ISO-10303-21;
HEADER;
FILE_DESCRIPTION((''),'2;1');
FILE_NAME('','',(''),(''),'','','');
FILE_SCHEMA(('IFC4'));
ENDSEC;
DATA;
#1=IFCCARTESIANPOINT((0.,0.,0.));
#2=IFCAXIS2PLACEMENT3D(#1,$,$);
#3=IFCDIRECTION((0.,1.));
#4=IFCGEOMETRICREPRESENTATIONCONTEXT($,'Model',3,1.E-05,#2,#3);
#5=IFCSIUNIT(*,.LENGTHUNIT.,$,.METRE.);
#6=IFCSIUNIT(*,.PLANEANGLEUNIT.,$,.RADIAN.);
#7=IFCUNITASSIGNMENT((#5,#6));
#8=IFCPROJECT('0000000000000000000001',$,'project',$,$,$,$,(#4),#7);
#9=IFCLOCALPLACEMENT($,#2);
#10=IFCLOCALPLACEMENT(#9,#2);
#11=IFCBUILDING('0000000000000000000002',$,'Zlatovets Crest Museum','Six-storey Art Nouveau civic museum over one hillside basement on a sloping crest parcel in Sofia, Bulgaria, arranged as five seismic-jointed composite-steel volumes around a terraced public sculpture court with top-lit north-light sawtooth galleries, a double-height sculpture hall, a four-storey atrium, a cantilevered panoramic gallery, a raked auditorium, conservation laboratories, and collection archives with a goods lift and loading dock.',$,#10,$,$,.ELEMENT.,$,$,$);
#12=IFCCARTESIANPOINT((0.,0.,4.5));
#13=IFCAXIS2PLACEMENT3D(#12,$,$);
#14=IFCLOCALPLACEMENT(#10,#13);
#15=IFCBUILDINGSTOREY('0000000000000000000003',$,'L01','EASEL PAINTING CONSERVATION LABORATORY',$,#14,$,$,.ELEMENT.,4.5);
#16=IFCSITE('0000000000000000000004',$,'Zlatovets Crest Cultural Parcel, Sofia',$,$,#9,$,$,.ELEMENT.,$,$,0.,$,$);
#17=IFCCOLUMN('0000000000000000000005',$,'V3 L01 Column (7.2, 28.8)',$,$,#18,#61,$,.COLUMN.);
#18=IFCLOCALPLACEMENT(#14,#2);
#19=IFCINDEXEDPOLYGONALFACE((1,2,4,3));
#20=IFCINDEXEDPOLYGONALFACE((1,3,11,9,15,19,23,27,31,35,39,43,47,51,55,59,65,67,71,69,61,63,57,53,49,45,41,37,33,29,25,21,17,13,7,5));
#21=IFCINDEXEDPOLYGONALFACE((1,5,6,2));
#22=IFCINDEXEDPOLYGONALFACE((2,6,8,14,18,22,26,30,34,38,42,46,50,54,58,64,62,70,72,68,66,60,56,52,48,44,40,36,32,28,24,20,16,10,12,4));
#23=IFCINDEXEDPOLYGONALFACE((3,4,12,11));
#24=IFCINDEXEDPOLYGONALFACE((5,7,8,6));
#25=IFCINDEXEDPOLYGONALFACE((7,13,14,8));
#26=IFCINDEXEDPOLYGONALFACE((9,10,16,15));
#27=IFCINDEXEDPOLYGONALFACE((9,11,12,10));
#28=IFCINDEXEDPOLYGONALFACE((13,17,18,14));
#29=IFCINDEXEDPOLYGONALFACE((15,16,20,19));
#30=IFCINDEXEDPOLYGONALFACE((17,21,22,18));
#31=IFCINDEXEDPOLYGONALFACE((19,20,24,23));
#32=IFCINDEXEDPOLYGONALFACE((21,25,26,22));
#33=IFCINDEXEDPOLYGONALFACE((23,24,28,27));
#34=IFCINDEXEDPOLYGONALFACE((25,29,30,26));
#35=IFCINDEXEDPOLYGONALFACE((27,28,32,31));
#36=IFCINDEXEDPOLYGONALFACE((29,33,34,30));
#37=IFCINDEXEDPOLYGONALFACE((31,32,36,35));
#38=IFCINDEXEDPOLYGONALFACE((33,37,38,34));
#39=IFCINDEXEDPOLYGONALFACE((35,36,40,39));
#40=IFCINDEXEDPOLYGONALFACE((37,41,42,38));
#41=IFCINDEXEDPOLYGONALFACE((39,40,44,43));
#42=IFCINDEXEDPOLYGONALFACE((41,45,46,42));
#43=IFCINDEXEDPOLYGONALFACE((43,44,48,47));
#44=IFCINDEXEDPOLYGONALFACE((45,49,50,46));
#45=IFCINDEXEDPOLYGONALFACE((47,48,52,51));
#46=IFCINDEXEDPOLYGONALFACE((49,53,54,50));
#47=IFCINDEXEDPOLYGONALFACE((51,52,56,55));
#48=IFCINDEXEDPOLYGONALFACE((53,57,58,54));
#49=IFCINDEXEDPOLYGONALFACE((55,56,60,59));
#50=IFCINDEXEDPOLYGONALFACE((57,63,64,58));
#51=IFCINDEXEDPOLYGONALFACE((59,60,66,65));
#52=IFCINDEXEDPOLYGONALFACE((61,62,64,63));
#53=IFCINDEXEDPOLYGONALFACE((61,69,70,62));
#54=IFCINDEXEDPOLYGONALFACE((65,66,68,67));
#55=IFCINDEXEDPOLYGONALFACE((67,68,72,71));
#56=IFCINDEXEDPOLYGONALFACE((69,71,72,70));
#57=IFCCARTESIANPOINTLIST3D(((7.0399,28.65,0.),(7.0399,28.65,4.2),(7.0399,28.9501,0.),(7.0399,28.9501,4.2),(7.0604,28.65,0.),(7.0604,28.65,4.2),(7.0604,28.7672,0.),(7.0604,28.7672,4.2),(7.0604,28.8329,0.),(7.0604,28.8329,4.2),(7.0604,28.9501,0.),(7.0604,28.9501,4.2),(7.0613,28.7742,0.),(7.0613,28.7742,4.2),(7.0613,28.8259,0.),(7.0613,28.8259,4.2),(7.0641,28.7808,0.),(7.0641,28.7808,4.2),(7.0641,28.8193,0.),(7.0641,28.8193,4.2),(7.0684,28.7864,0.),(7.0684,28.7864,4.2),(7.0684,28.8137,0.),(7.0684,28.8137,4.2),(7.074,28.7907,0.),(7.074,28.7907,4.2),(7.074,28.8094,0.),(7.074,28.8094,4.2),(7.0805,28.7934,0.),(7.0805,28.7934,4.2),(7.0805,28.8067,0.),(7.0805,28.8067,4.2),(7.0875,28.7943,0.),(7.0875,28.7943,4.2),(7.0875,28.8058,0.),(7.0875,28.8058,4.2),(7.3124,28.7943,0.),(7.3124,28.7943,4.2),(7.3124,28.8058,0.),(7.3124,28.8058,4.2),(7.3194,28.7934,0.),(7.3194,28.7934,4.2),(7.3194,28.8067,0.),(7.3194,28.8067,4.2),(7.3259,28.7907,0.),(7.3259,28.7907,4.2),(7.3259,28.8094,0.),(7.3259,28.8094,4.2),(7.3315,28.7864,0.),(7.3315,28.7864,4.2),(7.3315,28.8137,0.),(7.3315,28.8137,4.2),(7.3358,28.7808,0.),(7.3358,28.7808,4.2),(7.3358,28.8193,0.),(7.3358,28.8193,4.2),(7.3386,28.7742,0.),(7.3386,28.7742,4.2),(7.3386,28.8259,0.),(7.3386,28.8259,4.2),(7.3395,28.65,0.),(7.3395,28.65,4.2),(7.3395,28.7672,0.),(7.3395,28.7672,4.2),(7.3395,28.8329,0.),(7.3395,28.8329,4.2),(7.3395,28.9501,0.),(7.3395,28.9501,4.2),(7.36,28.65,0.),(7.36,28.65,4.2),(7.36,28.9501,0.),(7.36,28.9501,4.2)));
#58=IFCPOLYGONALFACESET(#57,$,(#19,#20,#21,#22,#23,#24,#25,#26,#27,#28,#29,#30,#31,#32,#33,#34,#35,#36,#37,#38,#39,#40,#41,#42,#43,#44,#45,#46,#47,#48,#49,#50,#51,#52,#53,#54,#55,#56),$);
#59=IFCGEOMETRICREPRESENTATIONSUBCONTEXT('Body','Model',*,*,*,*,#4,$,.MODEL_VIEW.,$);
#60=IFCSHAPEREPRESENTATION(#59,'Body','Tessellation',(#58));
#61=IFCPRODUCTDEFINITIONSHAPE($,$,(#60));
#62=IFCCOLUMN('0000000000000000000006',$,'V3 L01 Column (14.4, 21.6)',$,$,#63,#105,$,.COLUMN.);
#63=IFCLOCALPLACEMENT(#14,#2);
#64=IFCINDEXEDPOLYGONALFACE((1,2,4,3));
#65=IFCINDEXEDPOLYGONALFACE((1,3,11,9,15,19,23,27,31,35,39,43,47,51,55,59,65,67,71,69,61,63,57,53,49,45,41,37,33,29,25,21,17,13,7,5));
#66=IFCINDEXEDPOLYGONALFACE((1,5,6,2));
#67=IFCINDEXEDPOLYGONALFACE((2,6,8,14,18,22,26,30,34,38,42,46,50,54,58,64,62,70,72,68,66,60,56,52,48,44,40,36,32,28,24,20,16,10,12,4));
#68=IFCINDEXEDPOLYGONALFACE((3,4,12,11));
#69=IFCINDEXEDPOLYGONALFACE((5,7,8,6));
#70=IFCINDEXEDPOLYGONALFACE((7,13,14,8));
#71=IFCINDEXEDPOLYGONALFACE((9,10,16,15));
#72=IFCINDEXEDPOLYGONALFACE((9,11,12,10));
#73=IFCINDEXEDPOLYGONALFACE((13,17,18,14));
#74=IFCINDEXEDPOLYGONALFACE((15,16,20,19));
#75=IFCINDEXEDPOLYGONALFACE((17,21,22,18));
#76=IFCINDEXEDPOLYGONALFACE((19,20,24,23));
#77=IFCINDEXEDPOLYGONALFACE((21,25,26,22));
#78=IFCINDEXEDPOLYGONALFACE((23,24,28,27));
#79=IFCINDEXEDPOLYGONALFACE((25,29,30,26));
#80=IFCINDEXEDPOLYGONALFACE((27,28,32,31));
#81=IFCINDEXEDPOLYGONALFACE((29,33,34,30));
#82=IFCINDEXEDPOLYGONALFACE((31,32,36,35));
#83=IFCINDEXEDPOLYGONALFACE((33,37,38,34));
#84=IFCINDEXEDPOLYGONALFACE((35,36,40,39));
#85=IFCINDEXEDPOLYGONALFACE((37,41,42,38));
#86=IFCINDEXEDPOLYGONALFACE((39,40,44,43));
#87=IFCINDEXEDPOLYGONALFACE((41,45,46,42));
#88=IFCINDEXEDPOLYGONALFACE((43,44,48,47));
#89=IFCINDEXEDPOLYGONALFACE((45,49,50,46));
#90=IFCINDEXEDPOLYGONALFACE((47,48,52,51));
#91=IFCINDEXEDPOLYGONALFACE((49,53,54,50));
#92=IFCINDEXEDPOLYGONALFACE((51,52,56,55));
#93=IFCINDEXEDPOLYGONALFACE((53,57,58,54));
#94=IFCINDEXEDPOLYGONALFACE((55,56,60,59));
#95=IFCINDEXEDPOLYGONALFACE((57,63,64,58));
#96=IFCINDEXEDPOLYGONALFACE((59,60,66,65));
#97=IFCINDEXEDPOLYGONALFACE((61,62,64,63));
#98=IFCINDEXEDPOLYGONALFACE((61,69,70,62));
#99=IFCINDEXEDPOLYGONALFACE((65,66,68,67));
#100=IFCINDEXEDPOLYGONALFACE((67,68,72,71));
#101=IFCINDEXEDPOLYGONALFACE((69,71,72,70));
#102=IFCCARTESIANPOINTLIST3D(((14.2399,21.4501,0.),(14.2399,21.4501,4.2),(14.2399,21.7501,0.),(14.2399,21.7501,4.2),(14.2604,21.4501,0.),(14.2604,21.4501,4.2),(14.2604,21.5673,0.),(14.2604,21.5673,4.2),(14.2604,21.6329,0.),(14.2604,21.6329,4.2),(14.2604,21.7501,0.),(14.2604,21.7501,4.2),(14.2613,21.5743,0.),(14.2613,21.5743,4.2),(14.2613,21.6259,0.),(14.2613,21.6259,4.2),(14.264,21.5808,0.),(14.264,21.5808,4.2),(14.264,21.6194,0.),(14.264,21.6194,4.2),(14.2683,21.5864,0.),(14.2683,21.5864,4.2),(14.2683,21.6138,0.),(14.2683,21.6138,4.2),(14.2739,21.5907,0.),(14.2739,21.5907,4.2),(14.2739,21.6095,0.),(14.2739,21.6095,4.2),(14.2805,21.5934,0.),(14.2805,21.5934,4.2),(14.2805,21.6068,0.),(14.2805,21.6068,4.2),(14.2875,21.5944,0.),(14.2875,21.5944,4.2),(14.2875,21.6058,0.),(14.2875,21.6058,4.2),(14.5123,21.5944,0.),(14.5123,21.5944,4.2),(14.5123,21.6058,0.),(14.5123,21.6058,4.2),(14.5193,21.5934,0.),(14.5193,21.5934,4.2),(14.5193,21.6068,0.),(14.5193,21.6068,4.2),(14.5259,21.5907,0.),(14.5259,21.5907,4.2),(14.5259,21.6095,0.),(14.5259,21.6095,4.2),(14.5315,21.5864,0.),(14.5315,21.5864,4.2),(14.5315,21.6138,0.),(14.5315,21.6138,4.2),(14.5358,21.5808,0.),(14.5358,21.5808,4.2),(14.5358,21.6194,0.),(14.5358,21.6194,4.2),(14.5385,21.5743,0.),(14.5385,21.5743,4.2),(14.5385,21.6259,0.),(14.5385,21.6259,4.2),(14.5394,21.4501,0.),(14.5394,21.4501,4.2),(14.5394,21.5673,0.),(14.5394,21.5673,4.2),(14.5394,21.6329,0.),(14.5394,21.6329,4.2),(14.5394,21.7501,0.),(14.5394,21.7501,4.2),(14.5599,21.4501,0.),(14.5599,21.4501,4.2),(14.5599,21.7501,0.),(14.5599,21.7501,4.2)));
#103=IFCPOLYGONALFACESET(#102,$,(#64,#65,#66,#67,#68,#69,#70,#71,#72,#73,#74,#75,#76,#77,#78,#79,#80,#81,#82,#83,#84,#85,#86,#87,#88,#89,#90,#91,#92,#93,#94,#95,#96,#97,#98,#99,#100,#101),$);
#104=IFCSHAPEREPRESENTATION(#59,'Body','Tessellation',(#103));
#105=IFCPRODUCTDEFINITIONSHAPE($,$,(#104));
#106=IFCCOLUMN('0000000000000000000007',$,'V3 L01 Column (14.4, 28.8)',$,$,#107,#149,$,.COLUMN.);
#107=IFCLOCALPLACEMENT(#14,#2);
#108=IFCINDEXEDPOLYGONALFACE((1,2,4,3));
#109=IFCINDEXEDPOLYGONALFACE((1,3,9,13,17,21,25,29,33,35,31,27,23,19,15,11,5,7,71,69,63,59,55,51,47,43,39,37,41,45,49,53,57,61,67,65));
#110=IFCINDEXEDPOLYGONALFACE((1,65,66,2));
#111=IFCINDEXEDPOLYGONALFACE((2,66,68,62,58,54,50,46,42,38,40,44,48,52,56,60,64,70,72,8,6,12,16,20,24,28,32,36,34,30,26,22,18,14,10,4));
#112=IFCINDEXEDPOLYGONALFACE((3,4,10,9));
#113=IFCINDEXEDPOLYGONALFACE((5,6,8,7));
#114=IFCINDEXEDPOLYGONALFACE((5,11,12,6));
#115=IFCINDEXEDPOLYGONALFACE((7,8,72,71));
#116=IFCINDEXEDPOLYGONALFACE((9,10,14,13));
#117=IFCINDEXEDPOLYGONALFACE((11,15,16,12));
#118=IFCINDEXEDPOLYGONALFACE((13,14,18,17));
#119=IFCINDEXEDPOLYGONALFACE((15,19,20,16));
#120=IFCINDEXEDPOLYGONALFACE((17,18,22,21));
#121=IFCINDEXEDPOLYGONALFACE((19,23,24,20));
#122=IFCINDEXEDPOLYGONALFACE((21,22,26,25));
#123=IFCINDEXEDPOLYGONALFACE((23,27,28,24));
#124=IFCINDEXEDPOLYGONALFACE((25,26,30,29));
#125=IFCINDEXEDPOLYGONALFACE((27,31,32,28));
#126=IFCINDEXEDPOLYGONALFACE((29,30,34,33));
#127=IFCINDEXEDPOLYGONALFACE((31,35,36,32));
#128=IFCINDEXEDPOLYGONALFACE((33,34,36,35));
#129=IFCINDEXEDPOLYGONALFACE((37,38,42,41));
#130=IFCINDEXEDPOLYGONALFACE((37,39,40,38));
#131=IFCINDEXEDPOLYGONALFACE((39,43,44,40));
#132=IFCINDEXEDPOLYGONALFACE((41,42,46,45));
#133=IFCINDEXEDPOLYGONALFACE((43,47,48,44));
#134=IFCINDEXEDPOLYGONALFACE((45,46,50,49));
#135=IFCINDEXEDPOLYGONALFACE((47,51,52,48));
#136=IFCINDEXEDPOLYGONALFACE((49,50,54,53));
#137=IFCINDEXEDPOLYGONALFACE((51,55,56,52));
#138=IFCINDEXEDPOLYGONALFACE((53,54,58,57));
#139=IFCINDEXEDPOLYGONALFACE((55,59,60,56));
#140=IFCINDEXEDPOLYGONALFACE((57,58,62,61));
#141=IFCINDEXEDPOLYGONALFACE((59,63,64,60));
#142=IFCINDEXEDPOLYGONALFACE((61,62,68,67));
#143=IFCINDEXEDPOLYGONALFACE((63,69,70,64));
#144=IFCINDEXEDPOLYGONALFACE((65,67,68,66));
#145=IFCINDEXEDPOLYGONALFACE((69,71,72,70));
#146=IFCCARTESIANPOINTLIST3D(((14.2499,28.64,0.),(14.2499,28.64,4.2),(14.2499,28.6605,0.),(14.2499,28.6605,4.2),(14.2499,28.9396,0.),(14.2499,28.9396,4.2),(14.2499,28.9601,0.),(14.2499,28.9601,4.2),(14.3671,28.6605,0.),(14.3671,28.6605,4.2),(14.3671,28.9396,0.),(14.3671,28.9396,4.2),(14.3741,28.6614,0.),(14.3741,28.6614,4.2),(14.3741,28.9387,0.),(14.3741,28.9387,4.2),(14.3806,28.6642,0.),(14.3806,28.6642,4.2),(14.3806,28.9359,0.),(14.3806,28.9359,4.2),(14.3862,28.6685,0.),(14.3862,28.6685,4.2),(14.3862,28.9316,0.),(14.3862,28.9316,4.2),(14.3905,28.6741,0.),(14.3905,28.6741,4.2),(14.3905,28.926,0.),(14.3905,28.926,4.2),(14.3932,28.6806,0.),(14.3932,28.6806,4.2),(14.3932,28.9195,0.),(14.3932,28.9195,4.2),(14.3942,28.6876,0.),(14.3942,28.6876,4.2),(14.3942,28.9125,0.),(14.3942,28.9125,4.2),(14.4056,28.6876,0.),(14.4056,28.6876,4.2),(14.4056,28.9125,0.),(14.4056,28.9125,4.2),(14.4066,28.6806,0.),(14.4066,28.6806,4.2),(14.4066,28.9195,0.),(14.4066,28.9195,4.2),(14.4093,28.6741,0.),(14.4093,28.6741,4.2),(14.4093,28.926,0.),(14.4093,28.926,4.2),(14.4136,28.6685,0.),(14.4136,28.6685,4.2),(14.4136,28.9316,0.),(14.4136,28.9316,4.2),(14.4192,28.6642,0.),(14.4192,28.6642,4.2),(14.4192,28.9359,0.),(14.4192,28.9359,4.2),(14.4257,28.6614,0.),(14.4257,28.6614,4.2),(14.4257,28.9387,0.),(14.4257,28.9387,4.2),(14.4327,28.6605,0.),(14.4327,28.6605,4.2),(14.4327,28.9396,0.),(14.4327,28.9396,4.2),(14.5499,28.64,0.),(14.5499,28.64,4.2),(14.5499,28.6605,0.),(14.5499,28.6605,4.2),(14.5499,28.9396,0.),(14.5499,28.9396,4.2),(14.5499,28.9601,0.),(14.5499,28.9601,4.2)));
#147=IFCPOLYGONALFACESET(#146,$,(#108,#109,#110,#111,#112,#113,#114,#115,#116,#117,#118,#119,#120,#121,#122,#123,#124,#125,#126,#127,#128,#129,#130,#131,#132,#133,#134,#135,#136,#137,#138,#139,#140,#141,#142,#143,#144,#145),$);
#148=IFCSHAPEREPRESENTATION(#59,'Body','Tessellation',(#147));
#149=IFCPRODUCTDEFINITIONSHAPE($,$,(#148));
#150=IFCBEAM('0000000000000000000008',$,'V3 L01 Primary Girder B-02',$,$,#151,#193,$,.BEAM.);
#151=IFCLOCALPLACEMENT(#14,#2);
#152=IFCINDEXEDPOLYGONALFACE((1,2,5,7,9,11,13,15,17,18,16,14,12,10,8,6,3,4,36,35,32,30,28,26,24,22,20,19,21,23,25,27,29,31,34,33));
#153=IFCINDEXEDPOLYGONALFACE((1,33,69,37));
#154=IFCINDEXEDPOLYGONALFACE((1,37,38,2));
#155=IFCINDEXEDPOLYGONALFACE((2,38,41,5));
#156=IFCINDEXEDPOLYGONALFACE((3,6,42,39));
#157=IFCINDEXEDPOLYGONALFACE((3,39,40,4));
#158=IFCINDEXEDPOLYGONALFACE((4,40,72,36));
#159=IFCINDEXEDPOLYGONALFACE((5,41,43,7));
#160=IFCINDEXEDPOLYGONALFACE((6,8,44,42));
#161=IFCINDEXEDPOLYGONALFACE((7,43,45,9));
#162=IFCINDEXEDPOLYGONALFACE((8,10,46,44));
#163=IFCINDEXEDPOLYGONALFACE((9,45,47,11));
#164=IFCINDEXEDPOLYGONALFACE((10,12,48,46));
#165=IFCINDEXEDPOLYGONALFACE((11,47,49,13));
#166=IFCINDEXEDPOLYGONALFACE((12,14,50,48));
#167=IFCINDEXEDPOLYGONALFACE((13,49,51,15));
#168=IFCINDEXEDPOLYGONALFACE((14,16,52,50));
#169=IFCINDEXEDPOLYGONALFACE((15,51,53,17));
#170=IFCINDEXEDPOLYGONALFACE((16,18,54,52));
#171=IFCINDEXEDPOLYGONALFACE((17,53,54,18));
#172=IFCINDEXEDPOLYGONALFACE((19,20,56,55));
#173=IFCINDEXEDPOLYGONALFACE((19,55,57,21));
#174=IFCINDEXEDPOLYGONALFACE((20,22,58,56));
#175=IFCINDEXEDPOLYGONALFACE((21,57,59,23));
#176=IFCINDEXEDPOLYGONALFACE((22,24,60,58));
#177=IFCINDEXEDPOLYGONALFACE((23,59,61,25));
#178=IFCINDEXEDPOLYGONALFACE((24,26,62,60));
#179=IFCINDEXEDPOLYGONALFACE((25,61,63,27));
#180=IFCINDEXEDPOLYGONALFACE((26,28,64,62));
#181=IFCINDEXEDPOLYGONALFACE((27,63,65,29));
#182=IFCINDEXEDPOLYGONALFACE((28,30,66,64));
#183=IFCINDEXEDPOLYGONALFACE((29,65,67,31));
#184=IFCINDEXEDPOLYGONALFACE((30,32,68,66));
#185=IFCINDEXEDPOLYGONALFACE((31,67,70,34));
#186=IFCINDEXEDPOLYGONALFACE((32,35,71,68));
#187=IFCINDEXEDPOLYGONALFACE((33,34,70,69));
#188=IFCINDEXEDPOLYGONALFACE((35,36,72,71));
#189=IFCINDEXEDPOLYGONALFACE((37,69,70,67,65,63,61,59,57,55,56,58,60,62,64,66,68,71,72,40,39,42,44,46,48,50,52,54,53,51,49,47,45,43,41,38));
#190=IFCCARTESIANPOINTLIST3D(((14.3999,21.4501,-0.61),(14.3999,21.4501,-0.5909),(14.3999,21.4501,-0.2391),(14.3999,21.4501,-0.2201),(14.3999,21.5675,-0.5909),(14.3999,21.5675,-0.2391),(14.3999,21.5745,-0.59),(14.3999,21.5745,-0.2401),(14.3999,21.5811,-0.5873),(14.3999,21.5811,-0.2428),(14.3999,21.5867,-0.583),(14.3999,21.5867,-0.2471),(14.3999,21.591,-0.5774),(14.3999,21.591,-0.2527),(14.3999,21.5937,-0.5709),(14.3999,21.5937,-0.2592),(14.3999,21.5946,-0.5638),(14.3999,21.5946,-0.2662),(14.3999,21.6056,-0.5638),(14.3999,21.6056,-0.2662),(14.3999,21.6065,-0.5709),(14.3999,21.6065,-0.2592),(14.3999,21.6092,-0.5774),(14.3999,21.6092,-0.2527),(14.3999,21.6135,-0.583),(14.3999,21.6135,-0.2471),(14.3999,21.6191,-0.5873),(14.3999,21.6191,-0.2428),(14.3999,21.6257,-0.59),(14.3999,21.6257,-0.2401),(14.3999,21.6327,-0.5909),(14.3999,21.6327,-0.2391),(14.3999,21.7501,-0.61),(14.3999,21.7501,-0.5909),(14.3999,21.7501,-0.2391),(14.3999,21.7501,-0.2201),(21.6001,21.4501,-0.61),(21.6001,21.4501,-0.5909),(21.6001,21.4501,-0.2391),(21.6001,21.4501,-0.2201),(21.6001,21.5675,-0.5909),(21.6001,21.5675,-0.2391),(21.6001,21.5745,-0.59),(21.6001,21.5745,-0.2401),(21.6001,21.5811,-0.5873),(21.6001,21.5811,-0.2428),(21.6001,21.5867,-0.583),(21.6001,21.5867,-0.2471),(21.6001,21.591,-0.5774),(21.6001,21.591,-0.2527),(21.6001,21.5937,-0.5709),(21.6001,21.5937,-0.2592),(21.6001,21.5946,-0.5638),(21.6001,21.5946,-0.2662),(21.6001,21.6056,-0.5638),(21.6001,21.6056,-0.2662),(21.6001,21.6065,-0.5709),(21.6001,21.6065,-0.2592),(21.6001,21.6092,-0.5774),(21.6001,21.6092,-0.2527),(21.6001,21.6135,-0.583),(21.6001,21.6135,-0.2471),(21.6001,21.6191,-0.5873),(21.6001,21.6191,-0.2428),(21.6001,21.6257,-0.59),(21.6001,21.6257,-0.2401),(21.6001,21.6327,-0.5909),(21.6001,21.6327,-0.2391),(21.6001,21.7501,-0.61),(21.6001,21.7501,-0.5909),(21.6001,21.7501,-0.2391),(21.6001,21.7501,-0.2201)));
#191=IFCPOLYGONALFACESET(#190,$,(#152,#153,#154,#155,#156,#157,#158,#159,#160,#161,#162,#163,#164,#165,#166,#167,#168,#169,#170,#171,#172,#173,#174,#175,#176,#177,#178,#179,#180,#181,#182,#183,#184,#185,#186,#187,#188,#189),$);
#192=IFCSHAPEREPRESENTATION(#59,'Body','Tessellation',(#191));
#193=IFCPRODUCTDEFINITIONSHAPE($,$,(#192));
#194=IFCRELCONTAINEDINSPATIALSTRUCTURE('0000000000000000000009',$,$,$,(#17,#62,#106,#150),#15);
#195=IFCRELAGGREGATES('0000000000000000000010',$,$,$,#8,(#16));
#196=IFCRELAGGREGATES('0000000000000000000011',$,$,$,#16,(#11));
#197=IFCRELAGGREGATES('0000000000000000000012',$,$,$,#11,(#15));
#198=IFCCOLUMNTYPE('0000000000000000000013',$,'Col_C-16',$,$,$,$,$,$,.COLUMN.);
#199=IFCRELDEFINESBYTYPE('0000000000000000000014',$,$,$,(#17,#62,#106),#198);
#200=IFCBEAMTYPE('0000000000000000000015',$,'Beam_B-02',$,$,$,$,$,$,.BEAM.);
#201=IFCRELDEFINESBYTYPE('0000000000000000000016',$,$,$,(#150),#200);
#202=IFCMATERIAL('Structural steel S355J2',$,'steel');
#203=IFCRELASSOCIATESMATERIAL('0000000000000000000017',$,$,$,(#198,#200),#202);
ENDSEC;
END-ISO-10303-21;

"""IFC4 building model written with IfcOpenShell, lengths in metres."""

from ifc_helpers import new_model, si_unit, direction, frame, origin, origin_2d, place, context, subcontext, project, spatial, i_section, extrude, material, material_profile, profile_set, type_object, element, save


model = new_model("IFC4")

# Units and contexts
model_context = context("Model", 3, precision=1e-05, world=origin(), true_north=direction((0.0, 1.0)))
body_context = subcontext(model_context, "Body", "Model", "MODEL_VIEW")
ifc_project = project(units=[si_unit("LENGTHUNIT", "METRE"), si_unit("PLANEANGLEUNIT", "RADIAN")], contexts=[model_context])

# Site, building, storey
site_placement = place(None, origin())
site = spatial("IfcSite", under=ifc_project, at=site_placement, Name="Zlatovets Crest Cultural Parcel, Sofia", CompositionType="ELEMENT", RefElevation=0.0)
building_placement = place(site_placement, origin())
building = spatial("IfcBuilding", under=site, at=building_placement, Name="Zlatovets Crest Museum", Description="Six-storey Art Nouveau civic museum over one hillside basement on a sloping crest parcel in Sofia, Bulgaria, arranged as five seismic-jointed composite-steel volumes around a terraced public sculpture court with top-lit north-light sawtooth galleries, a double-height sculpture hall, a four-storey atrium, a cantilevered panoramic gallery, a raked auditorium, conservation laboratories, and collection archives with a goods lift and loading dock.", CompositionType="ELEMENT")
storey_placement = place(building_placement, frame((0.0, 0.0, 4.5)))
storey = spatial("IfcBuildingStorey", under=building, at=storey_placement, Name="L01", Description="EASEL PAINTING CONSERVATION LABORATORY", CompositionType="ELEMENT", Elevation=4.5)

# Columns
ifc_material_1 = material(Name="Structural steel S355J2", Category="steel")
ifc_material_profile_1 = material_profile(ifc_material_1, i_section(OverallWidth=0.3, OverallDepth=0.3201, WebThickness=0.0115, FlangeThickness=0.0205, FilletRadius=0.0271, at=origin_2d()), Name="HEB 320")
ifc_profile_set_1 = profile_set([ifc_material_profile_1], Name="Structural steel S355J2")
column_type = type_object("IfcColumnType", Name="Col_C-16", PredefinedType="COLUMN", material=ifc_profile_set_1)
for number, where, z_axis, x_axis, name in (
    (1, (7.2, 28.8, 0.0), (0.0, 0.0, 1.0), (0.0, 1.0, 0.0), "V3 L01 Column (7.2, 28.8)"),
    (2, (14.3999, 21.6001, 0.0), (0.0, 0.0, 1.0), (0.0, 1.0, 0.0), "V3 L01 Column (14.4, 21.6)"),
    (3, (14.3999, 28.8, 0.0), (0.0, 0.0, 1.0), (1.0, 0.0, 0.0), "V3 L01 Column (14.4, 28.8)"),
):
    element("IfcColumn", number, at=place(storey_placement, frame(where, z_axis=z_axis, x_axis=x_axis)), inside=storey, type_object=column_type, Name=name, PredefinedType="COLUMN", context=body_context, shape_type="SweptSolid", body=[
        extrude(i_section(OverallWidth=0.3, OverallDepth=0.3201, WebThickness=0.0115, FlangeThickness=0.0205, FilletRadius=0.0271, at=origin_2d()), origin(), (0.0, 0.0, 1.0), 4.2),
    ])

# Beam
ifc_material_profile_2 = material_profile(ifc_material_1, i_section(OverallWidth=0.3, OverallDepth=0.3899, WebThickness=0.011, FlangeThickness=0.019, FilletRadius=0.0271, at=origin_2d()), Name="HEA 400")
ifc_profile_set_2 = profile_set([ifc_material_profile_2], Name="Structural steel S355J2")
beam_type_1 = type_object("IfcBeamType", Name="Beam_B-02", PredefinedType="BEAM", material=ifc_profile_set_2)
for number, where, z_axis, x_axis, name in (
    (4, (14.3999, 21.6001, -0.415), (1.0, 0.0, 0.0), (0.0, 1.0, 0.0), "V3 L01 Primary Girder B-02"),
):
    element("IfcBeam", number, at=place(storey_placement, frame(where, z_axis=z_axis, x_axis=x_axis)), inside=storey, type_object=beam_type_1, Name=name, PredefinedType="BEAM", context=body_context, shape_type="SweptSolid", body=[
        extrude(i_section(OverallWidth=0.3, OverallDepth=0.3899, WebThickness=0.011, FlangeThickness=0.019, FilletRadius=0.0271, at=origin_2d()), origin(), (0.0, 0.0, 1.0), 7.2002),
    ])

save(model, "model.ifc")
